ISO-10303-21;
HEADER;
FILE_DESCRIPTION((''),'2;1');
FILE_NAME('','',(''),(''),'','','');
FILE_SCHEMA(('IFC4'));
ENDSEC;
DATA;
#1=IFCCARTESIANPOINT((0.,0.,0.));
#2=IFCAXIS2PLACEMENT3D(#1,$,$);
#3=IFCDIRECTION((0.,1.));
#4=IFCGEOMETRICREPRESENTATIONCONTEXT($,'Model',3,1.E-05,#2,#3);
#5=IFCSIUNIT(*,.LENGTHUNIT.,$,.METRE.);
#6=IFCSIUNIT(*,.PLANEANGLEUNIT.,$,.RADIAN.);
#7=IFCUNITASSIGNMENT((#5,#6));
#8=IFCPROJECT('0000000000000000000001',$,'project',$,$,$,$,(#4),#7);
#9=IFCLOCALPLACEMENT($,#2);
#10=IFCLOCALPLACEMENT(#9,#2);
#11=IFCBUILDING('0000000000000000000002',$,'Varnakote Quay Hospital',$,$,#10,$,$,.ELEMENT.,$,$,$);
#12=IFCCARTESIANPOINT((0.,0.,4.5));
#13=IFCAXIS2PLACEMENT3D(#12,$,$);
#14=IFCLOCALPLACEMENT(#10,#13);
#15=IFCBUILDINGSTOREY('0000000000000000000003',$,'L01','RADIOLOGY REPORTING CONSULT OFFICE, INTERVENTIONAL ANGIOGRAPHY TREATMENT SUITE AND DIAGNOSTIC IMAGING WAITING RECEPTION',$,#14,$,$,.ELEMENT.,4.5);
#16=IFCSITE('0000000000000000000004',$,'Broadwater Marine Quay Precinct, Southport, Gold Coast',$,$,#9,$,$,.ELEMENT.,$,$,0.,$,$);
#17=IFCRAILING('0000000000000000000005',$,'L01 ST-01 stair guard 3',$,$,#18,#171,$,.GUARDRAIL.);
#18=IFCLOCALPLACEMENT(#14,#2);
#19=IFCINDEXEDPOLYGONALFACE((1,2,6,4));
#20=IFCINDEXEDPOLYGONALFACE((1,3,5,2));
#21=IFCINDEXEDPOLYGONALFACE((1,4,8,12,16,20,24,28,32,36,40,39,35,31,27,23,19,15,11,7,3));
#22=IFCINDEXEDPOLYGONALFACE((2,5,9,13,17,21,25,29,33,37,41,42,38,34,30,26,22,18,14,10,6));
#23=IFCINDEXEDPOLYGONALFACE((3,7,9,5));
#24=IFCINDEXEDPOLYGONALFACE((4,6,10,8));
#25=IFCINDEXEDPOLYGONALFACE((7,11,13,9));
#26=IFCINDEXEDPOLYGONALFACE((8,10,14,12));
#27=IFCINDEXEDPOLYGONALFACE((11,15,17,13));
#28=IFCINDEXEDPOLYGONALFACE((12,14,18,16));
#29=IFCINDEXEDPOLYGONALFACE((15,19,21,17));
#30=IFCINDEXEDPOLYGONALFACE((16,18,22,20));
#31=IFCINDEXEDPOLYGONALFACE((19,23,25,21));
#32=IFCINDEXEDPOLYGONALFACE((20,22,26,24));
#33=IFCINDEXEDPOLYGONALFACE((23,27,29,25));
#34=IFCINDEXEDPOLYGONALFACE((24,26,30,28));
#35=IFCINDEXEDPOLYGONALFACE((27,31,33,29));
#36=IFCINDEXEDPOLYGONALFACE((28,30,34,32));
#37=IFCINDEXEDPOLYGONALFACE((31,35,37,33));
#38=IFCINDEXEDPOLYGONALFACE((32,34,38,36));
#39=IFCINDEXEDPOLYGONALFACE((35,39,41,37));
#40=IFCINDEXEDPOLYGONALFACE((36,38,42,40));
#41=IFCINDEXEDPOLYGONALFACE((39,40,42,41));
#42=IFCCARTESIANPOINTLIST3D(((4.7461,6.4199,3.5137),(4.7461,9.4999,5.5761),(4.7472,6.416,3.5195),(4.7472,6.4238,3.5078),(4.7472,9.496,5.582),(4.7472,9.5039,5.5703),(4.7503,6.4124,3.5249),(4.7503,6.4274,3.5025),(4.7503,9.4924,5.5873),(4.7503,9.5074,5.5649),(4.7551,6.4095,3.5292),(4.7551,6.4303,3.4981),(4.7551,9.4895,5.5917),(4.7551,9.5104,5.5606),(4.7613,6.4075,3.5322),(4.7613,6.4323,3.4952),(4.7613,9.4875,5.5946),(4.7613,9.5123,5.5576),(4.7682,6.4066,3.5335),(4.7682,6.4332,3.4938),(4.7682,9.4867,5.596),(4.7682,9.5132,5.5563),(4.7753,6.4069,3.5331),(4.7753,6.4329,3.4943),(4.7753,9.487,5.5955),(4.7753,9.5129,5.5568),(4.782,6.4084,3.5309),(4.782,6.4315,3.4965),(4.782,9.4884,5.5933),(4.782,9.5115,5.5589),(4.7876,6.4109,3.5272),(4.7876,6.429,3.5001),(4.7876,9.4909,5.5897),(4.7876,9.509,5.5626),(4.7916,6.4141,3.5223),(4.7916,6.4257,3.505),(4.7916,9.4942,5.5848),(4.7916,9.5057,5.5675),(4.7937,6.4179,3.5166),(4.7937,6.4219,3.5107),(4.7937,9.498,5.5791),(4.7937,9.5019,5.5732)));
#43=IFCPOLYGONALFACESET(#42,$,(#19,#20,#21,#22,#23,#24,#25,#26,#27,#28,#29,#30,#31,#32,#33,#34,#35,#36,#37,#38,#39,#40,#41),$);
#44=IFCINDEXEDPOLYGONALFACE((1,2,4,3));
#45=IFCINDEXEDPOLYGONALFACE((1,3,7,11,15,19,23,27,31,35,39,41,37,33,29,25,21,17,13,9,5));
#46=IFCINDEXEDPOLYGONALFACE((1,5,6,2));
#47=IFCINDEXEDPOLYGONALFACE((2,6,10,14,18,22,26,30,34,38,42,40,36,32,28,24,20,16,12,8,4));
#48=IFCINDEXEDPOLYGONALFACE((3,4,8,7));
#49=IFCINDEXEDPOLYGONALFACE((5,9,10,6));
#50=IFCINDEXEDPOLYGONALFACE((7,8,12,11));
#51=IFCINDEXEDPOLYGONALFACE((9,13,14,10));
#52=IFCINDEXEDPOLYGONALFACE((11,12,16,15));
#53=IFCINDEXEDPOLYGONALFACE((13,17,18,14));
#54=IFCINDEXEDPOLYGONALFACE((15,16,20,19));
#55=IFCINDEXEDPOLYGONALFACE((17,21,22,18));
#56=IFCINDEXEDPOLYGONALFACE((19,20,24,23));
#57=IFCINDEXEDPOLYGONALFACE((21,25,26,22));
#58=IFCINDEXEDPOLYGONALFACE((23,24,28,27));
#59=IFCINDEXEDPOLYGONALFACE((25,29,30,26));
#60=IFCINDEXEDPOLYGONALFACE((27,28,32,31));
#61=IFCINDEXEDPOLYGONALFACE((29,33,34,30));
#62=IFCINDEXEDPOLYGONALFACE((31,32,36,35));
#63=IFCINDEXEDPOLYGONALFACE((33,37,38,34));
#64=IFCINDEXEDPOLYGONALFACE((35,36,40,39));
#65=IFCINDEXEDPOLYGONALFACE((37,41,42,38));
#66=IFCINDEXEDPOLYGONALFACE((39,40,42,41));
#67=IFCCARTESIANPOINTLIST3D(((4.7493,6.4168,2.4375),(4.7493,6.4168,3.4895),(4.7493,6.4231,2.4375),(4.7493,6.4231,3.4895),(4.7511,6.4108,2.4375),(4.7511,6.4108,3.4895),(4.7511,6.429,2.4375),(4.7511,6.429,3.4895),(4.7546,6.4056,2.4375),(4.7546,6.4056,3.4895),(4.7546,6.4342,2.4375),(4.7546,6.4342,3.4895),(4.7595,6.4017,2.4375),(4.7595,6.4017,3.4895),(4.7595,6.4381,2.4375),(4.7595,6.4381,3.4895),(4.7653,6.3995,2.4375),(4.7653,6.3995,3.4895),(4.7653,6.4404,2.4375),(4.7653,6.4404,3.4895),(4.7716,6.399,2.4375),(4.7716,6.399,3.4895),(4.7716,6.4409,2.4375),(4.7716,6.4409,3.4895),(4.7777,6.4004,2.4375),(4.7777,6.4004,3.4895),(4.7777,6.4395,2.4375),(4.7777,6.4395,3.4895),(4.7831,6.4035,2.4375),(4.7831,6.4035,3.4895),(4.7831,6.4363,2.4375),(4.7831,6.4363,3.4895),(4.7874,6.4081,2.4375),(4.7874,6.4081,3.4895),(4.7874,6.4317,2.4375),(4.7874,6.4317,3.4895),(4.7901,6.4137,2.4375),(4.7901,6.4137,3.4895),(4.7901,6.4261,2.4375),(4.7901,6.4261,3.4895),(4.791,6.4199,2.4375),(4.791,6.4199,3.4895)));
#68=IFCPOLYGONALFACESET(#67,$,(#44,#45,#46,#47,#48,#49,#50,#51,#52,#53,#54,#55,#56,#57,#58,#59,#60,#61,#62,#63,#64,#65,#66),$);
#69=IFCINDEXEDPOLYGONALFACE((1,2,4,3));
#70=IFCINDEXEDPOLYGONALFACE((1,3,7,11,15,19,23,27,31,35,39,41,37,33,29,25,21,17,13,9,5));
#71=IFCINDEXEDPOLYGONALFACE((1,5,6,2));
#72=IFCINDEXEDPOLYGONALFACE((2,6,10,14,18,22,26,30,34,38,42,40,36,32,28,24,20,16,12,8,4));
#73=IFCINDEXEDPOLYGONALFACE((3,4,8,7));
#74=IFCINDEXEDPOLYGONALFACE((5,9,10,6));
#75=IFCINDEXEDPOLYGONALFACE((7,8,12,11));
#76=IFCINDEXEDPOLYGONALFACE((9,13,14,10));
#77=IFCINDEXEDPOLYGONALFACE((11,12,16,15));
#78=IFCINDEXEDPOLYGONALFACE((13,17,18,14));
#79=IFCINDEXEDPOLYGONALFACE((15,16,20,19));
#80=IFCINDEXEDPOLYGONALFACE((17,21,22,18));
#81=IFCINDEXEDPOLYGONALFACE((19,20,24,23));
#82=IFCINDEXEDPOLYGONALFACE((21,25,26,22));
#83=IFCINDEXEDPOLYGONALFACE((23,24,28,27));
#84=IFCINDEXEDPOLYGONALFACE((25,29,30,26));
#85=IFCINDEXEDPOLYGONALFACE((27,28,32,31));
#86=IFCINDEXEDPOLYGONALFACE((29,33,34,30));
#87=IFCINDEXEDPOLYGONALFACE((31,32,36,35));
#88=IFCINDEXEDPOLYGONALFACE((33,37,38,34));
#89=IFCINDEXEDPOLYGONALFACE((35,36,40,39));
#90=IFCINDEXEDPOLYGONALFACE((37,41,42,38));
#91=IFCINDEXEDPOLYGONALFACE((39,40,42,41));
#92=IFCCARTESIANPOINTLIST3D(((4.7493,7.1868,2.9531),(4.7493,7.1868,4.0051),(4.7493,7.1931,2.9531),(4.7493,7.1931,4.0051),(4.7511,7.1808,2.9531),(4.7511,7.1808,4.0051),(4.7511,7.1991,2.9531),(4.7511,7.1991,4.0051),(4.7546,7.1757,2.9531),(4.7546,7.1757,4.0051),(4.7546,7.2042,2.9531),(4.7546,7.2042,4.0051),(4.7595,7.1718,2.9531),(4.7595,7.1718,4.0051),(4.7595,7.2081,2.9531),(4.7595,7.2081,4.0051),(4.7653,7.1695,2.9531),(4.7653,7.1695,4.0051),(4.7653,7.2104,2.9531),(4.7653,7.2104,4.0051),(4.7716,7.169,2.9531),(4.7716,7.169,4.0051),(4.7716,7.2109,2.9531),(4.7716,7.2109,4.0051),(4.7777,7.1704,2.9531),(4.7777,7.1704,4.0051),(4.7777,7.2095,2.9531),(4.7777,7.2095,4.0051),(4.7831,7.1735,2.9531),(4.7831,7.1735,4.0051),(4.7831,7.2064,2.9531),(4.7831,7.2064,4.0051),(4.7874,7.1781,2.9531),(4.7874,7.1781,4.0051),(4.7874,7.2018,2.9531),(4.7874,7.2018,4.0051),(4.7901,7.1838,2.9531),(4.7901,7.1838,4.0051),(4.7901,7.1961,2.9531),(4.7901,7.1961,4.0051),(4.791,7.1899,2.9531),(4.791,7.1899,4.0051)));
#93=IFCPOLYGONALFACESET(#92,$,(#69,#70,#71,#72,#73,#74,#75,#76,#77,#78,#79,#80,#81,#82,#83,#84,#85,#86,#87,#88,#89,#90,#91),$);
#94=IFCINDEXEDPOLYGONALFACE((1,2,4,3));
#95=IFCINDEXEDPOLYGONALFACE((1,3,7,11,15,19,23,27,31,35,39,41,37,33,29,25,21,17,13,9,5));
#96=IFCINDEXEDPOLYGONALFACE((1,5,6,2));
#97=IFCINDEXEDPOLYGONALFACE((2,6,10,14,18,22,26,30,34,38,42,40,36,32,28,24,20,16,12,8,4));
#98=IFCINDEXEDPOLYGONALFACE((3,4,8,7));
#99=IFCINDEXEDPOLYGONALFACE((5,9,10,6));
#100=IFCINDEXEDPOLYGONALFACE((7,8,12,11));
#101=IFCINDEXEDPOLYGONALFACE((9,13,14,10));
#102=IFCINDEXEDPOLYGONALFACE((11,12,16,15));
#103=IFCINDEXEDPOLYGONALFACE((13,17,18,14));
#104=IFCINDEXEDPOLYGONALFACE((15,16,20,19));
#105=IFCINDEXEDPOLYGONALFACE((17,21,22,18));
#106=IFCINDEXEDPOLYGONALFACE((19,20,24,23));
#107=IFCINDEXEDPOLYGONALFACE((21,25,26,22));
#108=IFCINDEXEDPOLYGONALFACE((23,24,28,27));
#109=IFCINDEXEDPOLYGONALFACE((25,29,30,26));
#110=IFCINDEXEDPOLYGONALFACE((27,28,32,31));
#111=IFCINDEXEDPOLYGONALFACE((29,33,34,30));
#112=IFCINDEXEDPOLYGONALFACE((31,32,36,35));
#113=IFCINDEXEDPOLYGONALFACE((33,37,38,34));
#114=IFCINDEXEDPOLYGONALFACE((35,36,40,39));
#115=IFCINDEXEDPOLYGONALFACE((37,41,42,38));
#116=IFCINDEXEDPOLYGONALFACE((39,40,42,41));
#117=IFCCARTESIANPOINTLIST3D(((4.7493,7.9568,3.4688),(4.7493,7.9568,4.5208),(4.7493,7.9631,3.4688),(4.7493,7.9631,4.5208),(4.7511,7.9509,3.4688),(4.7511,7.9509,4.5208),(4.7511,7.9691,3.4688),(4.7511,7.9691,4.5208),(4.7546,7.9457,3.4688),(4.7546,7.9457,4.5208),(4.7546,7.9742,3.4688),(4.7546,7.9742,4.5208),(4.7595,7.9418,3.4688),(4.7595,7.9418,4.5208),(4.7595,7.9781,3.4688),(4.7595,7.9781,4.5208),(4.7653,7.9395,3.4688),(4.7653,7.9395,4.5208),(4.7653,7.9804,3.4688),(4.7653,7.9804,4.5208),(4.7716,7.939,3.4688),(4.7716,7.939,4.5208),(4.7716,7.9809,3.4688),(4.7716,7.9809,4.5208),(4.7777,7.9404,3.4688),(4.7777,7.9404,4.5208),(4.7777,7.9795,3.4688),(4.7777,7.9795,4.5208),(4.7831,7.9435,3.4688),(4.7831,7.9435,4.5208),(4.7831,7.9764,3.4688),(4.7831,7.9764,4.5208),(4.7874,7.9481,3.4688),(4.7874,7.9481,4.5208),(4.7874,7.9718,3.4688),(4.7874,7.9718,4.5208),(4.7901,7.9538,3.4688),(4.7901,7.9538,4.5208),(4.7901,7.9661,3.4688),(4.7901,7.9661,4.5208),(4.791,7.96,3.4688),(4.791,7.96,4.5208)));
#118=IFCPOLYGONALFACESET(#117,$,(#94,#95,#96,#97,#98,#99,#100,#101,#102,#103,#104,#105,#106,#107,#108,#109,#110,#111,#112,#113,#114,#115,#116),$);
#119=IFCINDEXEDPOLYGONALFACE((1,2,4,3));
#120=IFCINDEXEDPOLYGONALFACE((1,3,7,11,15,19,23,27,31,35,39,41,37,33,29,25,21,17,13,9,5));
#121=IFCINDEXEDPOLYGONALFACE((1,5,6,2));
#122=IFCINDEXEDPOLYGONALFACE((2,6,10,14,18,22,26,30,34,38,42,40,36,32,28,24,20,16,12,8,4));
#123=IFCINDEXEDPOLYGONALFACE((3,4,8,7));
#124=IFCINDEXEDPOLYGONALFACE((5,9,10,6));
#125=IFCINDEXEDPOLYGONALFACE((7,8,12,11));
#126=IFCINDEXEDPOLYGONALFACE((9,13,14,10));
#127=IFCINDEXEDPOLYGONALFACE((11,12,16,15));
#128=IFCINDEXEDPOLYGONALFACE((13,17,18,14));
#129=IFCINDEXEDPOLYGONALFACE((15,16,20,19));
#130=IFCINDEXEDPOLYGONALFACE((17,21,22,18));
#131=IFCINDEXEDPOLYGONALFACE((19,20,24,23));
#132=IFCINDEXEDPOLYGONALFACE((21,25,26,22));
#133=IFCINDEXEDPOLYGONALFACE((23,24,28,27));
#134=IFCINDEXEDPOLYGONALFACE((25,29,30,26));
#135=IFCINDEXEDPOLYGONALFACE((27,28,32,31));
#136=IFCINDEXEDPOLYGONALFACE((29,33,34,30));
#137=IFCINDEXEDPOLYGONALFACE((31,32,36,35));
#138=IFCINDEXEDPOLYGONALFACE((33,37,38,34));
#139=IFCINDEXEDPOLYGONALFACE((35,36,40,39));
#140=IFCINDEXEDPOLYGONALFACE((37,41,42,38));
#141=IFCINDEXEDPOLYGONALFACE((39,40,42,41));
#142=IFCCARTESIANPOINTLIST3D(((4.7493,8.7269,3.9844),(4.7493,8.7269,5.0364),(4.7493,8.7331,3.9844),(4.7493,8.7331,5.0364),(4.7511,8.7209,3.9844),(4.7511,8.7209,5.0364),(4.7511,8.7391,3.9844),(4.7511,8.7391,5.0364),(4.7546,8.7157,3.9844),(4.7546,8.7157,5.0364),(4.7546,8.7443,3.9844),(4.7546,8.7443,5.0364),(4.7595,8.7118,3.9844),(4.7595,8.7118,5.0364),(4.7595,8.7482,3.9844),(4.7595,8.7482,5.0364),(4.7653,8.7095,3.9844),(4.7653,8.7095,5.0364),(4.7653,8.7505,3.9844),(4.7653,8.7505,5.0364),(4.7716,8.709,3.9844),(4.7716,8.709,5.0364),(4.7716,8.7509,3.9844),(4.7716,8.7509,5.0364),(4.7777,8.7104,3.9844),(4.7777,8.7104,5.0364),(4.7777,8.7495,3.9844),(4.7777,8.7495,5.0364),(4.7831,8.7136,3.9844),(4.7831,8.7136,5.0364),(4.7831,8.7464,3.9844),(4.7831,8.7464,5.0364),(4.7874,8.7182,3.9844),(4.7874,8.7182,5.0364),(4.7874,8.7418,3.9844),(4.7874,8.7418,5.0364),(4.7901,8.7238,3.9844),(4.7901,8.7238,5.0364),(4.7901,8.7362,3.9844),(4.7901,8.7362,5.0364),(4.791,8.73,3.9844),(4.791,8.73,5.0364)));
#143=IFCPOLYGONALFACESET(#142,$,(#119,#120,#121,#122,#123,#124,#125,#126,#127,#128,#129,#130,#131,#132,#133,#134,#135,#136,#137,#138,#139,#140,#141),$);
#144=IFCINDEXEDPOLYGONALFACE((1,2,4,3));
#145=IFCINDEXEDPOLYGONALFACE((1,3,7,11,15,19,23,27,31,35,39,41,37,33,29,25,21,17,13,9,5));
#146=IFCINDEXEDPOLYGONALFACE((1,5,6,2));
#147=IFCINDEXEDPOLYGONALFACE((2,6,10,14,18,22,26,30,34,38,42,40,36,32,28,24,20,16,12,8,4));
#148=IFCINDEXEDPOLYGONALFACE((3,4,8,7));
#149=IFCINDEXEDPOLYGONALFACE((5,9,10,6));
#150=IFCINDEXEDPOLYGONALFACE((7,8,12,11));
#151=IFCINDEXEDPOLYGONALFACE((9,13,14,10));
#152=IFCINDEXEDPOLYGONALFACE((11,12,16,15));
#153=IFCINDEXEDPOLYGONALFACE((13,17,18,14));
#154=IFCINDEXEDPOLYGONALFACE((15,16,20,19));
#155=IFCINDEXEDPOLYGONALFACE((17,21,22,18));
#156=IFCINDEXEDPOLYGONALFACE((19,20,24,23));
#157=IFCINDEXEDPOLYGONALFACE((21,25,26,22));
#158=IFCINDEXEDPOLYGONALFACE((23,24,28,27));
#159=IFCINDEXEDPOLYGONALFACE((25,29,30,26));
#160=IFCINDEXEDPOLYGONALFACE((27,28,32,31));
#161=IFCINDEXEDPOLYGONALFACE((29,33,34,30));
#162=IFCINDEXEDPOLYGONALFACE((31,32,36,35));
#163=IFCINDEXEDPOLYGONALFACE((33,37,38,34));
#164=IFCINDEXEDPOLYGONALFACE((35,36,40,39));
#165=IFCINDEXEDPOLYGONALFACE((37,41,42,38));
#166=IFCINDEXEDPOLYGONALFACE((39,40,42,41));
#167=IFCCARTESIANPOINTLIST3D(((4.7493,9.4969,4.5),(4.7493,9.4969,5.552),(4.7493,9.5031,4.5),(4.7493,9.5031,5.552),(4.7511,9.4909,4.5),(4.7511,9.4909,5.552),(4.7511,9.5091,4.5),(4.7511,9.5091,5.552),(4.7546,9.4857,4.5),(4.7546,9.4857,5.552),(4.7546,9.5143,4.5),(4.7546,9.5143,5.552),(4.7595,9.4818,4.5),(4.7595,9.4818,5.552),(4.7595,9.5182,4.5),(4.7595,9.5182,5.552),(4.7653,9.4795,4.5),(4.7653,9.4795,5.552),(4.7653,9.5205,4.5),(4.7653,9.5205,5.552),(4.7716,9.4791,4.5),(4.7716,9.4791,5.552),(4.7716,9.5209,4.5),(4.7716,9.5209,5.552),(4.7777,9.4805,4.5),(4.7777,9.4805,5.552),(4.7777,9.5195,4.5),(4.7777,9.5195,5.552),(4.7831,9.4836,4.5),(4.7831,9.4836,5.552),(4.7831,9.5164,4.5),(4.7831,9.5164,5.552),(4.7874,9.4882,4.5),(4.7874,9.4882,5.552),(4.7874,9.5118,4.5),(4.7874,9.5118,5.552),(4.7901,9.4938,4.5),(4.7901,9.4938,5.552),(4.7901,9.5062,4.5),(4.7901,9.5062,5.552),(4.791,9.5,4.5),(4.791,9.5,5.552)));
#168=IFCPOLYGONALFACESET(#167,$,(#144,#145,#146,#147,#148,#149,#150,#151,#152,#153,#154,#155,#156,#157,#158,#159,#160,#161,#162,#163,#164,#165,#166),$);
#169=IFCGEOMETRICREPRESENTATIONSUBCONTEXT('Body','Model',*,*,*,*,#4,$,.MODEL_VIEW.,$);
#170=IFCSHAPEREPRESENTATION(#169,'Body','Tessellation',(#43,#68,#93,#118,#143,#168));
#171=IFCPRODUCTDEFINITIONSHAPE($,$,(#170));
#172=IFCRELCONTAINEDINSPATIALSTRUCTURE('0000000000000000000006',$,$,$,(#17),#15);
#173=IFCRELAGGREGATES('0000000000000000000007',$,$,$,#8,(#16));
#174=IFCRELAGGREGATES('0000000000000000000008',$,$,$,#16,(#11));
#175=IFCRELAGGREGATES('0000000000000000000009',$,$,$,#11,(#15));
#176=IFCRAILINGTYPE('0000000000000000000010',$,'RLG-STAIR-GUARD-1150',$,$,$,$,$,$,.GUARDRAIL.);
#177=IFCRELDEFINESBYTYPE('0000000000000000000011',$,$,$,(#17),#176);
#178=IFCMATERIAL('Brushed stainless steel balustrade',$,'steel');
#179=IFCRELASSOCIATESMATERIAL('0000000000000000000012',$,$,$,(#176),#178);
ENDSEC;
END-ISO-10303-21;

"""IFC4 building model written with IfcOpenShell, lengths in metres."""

from ifc_helpers import new_model, si_unit, direction, frame, origin, origin_2d, place, context, subcontext, project, spatial, circle, extrude, material, type_object, element, save


model = new_model("IFC4")

# Units and contexts
model_context = context("Model", 3, precision=1e-05, world=origin(), true_north=direction((0.0, 1.0)))
body_context = subcontext(model_context, "Body", "Model", "MODEL_VIEW")
ifc_project = project(units=[si_unit("LENGTHUNIT", "METRE"), si_unit("PLANEANGLEUNIT", "RADIAN")], contexts=[model_context])

# Site, building, storey
site_placement = place(None, origin())
site = spatial("IfcSite", under=ifc_project, at=site_placement, Name="Broadwater Marine Quay Precinct, Southport, Gold Coast", CompositionType="ELEMENT", RefElevation=0.0)
building_placement = place(site_placement, origin())
building = spatial("IfcBuilding", under=site, at=building_placement, Name="Varnakote Quay Hospital", CompositionType="ELEMENT")
storey_placement = place(building_placement, frame((0.0, 0.0, 4.5)))
storey = spatial("IfcBuildingStorey", under=building, at=storey_placement, Name="L01", Description="RADIOLOGY REPORTING CONSULT OFFICE, INTERVENTIONAL ANGIOGRAPHY TREATMENT SUITE AND DIAGNOSTIC IMAGING WAITING RECEPTION", CompositionType="ELEMENT", Elevation=4.5)

# Railing
ifc_material_1 = material(Name="Brushed stainless steel balustrade", Category="steel")
railing_type_1 = type_object("IfcRailingType", Name="RLG-STAIR-GUARD-1150", PredefinedType="GUARDRAIL", material=ifc_material_1)
railing_1_placement = place(storey_placement, frame((4.77, 6.4199, 2.4375)))
element("IfcRailing", 1, at=railing_1_placement, inside=storey, type_object=railing_type_1, Name="L01 ST-01 stair guard 3", PredefinedType="GUARDRAIL", context=body_context, shape_type="SweptSolid", body=[
    extrude(circle(Radius=0.0239, at=origin_2d()), frame((0.0, 0.0, 1.0762), z_axis=(0.0, 0.830914, 0.556401), x_axis=(-1.0, 0.0, 0.0)), (0.0, 0.0, 1.0), 3.7068),
    extrude(circle(Radius=0.021, at=origin_2d()), origin(), (0.0, 0.0, 1.0), 1.052),
    extrude(circle(Radius=0.021, at=origin_2d()), frame((0.0, 0.77, 0.5156)), (0.0, 0.0, 1.0), 1.052),
    extrude(circle(Radius=0.021, at=origin_2d()), frame((0.0, 1.54, 1.0312)), (0.0, 0.0, 1.0), 1.052),
    extrude(circle(Radius=0.021, at=origin_2d()), frame((0.0, 2.3101, 1.5469)), (0.0, 0.0, 1.0), 1.052),
    extrude(circle(Radius=0.021, at=origin_2d()), frame((0.0, 3.0801, 2.0625)), (0.0, 0.0, 1.0), 1.052),
])

save(model, "model.ifc")
